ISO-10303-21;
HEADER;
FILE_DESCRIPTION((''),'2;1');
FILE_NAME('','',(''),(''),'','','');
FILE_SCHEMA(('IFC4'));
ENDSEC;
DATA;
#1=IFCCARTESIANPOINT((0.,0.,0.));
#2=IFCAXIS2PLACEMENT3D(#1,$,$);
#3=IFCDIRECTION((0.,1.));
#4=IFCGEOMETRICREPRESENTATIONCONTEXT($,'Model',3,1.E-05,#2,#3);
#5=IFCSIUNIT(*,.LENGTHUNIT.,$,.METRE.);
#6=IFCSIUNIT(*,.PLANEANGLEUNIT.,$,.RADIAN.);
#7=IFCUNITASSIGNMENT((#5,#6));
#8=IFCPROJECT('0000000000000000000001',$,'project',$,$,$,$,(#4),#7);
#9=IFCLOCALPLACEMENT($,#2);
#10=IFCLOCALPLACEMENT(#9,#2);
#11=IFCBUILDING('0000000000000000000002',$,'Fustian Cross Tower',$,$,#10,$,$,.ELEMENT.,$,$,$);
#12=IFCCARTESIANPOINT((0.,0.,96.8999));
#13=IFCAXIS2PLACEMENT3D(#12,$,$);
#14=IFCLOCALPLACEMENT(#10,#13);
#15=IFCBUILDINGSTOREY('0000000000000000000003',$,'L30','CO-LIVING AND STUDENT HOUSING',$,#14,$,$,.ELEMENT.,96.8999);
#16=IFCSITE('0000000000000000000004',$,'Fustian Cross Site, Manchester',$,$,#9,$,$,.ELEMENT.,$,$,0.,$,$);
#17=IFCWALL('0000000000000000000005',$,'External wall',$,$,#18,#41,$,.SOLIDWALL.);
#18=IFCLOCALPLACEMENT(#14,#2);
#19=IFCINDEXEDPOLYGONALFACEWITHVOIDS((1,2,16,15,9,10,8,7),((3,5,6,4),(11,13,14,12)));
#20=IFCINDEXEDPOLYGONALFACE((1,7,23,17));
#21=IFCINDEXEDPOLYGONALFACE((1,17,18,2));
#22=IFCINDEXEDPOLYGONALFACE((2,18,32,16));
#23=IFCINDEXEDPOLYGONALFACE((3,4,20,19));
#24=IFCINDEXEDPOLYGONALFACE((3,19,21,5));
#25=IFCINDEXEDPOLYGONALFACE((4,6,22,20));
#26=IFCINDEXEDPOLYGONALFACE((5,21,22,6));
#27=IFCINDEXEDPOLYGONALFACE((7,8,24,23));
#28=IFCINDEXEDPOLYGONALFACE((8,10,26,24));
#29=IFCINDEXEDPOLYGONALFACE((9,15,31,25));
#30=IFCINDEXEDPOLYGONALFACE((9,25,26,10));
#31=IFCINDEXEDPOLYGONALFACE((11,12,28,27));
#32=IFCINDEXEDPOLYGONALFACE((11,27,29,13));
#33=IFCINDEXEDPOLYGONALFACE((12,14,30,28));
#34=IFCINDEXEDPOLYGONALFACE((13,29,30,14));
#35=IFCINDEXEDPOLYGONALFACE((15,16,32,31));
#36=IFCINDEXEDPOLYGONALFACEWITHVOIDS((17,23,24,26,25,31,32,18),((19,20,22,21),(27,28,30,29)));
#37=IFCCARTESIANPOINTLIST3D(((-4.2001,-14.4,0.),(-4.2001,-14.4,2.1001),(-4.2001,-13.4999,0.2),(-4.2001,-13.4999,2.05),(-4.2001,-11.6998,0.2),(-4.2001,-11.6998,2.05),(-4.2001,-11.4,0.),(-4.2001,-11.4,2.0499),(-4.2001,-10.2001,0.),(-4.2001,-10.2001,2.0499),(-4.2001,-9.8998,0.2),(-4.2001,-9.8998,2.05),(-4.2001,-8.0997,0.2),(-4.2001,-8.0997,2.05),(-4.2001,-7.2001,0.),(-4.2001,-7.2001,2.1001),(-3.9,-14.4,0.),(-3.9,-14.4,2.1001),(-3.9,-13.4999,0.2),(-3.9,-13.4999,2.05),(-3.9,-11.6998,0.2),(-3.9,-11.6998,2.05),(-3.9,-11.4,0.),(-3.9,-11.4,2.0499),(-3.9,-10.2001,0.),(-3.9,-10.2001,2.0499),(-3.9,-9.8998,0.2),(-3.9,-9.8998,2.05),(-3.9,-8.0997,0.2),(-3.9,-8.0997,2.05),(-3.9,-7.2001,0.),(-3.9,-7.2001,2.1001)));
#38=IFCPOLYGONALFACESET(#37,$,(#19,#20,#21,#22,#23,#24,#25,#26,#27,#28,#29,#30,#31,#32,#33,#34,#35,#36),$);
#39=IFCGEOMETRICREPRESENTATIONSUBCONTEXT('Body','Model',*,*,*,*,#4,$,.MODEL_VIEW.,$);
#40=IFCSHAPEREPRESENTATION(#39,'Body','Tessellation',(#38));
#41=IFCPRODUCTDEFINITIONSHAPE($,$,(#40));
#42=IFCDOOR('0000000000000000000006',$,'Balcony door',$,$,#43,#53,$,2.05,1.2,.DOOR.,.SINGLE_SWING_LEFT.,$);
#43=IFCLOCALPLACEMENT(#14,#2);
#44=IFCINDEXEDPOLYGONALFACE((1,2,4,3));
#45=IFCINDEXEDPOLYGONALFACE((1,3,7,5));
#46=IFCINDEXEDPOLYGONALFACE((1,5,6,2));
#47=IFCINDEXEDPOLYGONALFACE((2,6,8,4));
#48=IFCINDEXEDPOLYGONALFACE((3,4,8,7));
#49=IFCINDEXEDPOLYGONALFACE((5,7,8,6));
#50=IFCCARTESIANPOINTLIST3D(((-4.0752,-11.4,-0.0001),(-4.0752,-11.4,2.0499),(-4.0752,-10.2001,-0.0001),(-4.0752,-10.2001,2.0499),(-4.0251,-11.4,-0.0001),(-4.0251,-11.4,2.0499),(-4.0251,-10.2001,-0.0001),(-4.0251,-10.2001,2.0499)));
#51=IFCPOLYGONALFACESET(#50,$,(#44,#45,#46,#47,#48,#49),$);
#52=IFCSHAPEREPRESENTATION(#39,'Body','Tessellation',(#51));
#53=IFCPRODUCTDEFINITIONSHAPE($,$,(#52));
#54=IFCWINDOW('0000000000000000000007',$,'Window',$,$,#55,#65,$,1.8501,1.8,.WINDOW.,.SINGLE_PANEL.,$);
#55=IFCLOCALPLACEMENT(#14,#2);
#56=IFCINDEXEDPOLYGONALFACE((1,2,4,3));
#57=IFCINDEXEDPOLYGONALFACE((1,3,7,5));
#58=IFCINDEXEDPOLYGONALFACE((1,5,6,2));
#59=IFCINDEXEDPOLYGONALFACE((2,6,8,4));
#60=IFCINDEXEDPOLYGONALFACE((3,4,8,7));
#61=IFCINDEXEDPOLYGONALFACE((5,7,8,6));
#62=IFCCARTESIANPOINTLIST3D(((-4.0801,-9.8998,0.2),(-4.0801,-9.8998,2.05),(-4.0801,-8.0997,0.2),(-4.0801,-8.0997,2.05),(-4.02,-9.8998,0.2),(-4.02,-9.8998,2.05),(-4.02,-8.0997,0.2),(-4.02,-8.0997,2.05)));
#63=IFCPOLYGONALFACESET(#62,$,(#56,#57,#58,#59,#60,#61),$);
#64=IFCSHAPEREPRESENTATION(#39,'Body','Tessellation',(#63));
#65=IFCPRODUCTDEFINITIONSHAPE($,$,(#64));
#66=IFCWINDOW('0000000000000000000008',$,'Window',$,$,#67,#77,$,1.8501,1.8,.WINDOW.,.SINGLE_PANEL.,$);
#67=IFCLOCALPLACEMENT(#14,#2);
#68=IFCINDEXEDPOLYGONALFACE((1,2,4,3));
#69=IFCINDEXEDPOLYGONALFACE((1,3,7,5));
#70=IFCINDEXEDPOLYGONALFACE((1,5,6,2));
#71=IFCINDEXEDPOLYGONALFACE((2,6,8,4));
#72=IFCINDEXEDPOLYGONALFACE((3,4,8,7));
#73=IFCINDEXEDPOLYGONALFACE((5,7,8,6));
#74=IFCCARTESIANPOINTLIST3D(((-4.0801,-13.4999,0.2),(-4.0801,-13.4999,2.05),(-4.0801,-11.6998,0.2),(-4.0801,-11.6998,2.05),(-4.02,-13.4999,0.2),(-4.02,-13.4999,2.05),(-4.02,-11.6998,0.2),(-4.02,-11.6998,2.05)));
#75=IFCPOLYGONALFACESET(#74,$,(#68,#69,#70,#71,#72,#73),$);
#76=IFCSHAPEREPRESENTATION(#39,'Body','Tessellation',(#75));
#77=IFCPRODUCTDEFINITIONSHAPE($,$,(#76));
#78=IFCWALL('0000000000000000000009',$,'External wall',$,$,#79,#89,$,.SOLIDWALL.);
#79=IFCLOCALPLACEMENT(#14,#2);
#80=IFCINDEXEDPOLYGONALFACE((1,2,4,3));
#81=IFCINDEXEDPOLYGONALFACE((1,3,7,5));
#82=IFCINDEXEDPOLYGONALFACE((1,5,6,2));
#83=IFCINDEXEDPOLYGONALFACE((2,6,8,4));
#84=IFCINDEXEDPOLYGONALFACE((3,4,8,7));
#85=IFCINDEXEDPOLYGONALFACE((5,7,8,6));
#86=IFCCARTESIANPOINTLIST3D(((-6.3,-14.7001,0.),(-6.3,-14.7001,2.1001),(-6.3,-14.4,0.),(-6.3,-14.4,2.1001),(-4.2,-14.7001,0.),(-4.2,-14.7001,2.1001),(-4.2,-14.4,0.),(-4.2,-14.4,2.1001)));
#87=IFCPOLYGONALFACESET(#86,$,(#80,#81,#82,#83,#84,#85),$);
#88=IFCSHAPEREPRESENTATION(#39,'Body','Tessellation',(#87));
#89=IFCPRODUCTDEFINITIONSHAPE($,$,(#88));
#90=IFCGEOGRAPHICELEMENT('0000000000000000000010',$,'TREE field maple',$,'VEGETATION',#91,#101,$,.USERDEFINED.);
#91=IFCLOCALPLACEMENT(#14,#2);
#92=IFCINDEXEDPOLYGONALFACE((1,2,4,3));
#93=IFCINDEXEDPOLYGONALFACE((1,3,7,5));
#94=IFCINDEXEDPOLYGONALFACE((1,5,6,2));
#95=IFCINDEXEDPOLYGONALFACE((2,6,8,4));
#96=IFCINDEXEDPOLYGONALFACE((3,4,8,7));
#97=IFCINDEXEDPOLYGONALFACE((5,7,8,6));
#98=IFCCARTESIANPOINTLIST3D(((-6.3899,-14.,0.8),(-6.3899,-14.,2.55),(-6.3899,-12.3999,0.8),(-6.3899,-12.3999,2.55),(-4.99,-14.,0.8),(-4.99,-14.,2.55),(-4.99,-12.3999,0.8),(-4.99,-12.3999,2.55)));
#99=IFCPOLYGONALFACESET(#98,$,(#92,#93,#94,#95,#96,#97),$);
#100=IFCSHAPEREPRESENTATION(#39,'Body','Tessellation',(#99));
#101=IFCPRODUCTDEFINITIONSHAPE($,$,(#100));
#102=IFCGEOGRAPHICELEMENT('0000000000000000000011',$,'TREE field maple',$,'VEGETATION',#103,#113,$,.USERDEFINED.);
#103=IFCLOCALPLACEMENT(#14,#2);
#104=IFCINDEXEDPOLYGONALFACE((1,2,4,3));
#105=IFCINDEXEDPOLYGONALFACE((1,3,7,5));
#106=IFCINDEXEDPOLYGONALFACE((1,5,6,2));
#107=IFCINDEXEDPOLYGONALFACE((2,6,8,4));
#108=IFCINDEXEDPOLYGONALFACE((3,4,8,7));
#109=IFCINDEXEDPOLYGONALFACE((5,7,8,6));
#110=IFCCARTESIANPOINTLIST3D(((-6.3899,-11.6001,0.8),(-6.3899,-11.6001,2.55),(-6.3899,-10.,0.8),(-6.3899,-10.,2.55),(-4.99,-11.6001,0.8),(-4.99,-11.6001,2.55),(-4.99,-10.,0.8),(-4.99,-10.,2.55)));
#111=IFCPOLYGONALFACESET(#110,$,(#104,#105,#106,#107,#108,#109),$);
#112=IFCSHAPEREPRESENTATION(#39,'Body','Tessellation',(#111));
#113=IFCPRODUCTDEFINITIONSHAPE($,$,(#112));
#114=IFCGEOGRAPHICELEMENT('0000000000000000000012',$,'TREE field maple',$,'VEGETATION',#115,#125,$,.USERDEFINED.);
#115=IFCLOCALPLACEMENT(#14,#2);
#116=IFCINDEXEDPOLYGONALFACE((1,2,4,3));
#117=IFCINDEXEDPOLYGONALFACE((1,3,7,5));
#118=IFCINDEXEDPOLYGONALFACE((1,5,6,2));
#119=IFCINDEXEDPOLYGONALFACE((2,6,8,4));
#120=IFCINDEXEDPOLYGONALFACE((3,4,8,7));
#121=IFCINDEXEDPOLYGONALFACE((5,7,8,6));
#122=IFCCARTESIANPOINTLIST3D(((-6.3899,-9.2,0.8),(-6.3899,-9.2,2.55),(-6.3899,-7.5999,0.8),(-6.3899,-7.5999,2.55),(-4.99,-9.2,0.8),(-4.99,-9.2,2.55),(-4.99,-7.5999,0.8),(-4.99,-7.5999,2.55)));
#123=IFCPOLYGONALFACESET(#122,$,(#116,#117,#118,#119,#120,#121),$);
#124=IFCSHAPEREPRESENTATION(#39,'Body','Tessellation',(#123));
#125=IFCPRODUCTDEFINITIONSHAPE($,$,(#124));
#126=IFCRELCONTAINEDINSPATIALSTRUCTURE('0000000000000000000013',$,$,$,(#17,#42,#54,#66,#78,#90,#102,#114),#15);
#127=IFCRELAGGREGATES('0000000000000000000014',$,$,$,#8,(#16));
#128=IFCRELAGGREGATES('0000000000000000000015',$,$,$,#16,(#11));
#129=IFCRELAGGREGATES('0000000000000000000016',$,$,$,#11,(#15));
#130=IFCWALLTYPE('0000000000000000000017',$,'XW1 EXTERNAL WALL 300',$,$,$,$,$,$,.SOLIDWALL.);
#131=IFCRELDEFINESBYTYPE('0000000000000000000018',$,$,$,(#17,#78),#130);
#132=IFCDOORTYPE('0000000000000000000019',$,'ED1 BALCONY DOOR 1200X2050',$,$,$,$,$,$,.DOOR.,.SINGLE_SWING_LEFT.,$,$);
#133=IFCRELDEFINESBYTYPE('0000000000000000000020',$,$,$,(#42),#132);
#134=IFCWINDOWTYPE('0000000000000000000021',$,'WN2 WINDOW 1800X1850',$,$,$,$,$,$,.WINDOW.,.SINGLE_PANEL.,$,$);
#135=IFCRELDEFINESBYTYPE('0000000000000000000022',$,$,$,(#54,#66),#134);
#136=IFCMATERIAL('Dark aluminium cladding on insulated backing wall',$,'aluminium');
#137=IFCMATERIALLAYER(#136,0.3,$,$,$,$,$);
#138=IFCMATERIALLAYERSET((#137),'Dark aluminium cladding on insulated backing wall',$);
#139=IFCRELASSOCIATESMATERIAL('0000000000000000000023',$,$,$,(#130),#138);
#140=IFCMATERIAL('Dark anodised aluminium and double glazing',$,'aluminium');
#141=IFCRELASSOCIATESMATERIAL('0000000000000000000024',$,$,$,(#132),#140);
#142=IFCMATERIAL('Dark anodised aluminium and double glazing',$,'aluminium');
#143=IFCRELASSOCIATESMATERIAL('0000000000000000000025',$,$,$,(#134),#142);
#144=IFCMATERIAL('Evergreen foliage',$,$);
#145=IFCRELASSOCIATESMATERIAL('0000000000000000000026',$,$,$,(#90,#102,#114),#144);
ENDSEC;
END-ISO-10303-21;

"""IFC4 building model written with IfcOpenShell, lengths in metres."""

from ifc_helpers import new_model, si_unit, direction, frame, frame_2d, origin, origin_2d, place, context, subcontext, project, spatial, rectangle, extrude, material, layer, layer_set, type_object, element, fill, save


model = new_model("IFC4")

# Units and contexts
model_context = context("Model", 3, precision=1e-05, world=origin(), true_north=direction((0.0, 1.0)))
body_context = subcontext(model_context, "Body", "Model", "MODEL_VIEW")
ifc_project = project(units=[si_unit("LENGTHUNIT", "METRE"), si_unit("PLANEANGLEUNIT", "RADIAN")], contexts=[model_context])

# Site, building, storey
site_placement = place(None, origin())
site = spatial("IfcSite", under=ifc_project, at=site_placement, Name="Fustian Cross Site, Manchester", CompositionType="ELEMENT", RefElevation=0.0)
building_placement = place(site_placement, origin())
building = spatial("IfcBuilding", under=site, at=building_placement, Name="Fustian Cross Tower", CompositionType="ELEMENT")
storey_placement = place(building_placement, frame((0.0, 0.0, 96.8999)))
storey = spatial("IfcBuildingStorey", under=building, at=storey_placement, Name="L30", Description="CO-LIVING AND STUDENT HOUSING", CompositionType="ELEMENT", Elevation=96.8999)

# Wall, openings, door, windows
ifc_material_1 = material(Name="Dark aluminium cladding on insulated backing wall", Category="aluminium")
ifc_layer_1 = layer(ifc_material_1, 0.3)
ifc_layer_set_1 = layer_set([ifc_layer_1], Name="Dark aluminium cladding on insulated backing wall")
wall_type_1 = type_object("IfcWallType", Name="XW1 EXTERNAL WALL 300", PredefinedType="SOLIDWALL", material=ifc_layer_set_1)
wall_1_placement = place(storey_placement, frame((-4.05, -7.2, 0.0), z_axis=(0.0, 0.0, 1.0), x_axis=(0.0, -1.0, 0.0)))
wall_1 = element("IfcWall", 1, at=wall_1_placement, inside=storey, type_object=wall_type_1, Name="External wall", PredefinedType="SOLIDWALL", context=body_context, shape_type="SweptSolid", body=[
    extrude(rectangle(XDim=7.2, YDim=0.3, at=frame_2d((3.6001, 0.0))), origin(), (0.0, 0.0, 1.0), 2.1001),
])
opening_1_placement = place(wall_1_placement, frame((3.0, 0.0, 0.0)))
opening_1 = element("IfcOpeningElement", 2, at=opening_1_placement, cuts=wall_1, PredefinedType="OPENING", context=body_context, shape_type="SweptSolid", body=[
    extrude(rectangle(XDim=1.2, YDim=2.05, at=frame_2d((0.6001, 1.0249))), frame((0.0, 0.1599, 0.0), z_axis=(0.0, -1.0, 0.0), x_axis=(1.0, 0.0, 0.0)), (0.0, 0.0, 1.0), 0.3201),
])
opening_2_placement = place(wall_1_placement, frame((0.8999, 0.0, 0.2)))
opening_2 = element("IfcOpeningElement", 3, at=opening_2_placement, cuts=wall_1, PredefinedType="OPENING", context=body_context, shape_type="SweptSolid", body=[
    extrude(rectangle(XDim=1.8, YDim=1.8501, at=frame_2d((0.8999, 0.925))), frame((0.0, 0.1599, 0.0), z_axis=(0.0, -1.0, 0.0), x_axis=(1.0, 0.0, 0.0)), (0.0, 0.0, 1.0), 0.3201),
])
opening_3_placement = place(wall_1_placement, frame((4.5, 0.0, 0.2)))
opening_3 = element("IfcOpeningElement", 4, at=opening_3_placement, cuts=wall_1, PredefinedType="OPENING", context=body_context, shape_type="SweptSolid", body=[
    extrude(rectangle(XDim=1.8, YDim=1.8501, at=frame_2d((0.8999, 0.925))), frame((0.0, 0.1599, 0.0), z_axis=(0.0, -1.0, 0.0), x_axis=(1.0, 0.0, 0.0)), (0.0, 0.0, 1.0), 0.3201),
])
ifc_material_2 = material(Name="Dark anodised aluminium and double glazing", Category="aluminium")
door_type_1 = type_object("IfcDoorType", Name="ED1 BALCONY DOOR 1200X2050", OperationType="SINGLE_SWING_LEFT", PredefinedType="DOOR", material=ifc_material_2)
door_1_placement = place(opening_1_placement, origin())
door_1 = element("IfcDoor", 5, at=door_1_placement, inside=storey, type_object=door_type_1, Name="Balcony door", OperationType="SINGLE_SWING_LEFT", OverallHeight=2.05, OverallWidth=1.2, PredefinedType="DOOR", context=body_context, shape_type="SweptSolid", body=[
    extrude(rectangle(XDim=1.2, YDim=2.05, at=frame_2d((0.6001, 1.0249))), frame((0.0, 0.0249, 0.0), z_axis=(0.0, -1.0, 0.0), x_axis=(1.0, 0.0, 0.0)), (0.0, 0.0, 1.0), 0.05),
])
fill(opening_1, door_1)
ifc_material_3 = material(Name="Dark anodised aluminium and double glazing", Category="aluminium")
window_type = type_object("IfcWindowType", Name="WN2 WINDOW 1800X1850", PartitioningType="SINGLE_PANEL", PredefinedType="WINDOW", material=ifc_material_3)
window_1_placement = place(opening_2_placement, origin())
window_1 = element("IfcWindow", 6, at=window_1_placement, inside=storey, type_object=window_type, Name="Window", OverallHeight=1.8501, OverallWidth=1.8, PartitioningType="SINGLE_PANEL", PredefinedType="WINDOW", context=body_context, shape_type="SweptSolid", body=[
    extrude(rectangle(XDim=1.8, YDim=1.8501, at=frame_2d((0.8999, 0.925))), frame((0.0, 0.03, 0.0), z_axis=(0.0, -1.0, 0.0), x_axis=(1.0, 0.0, 0.0)), (0.0, 0.0, 1.0), 0.0601),
])
fill(opening_2, window_1)
window_2_placement = place(opening_3_placement, origin())
window_2 = element("IfcWindow", 7, at=window_2_placement, inside=storey, type_object=window_type, Name="Window", OverallHeight=1.8501, OverallWidth=1.8, PartitioningType="SINGLE_PANEL", PredefinedType="WINDOW", context=body_context, shape_type="SweptSolid", body=[
    extrude(rectangle(XDim=1.8, YDim=1.8501, at=frame_2d((0.8999, 0.925))), frame((0.0, 0.03, 0.0), z_axis=(0.0, -1.0, 0.0), x_axis=(1.0, 0.0, 0.0)), (0.0, 0.0, 1.0), 0.0601),
])
fill(opening_3, window_2)

# Wall
wall_2_placement = place(storey_placement, frame((-4.2, -14.55, 0.0), z_axis=(0.0, 0.0, 1.0), x_axis=(-1.0, 0.0, 0.0)))
element("IfcWall", 8, at=wall_2_placement, inside=storey, type_object=wall_type_1, Name="External wall", PredefinedType="SOLIDWALL", context=body_context, shape_type="SweptSolid", body=[
    extrude(rectangle(XDim=2.1001, YDim=0.3, at=frame_2d((1.05, 0.0))), origin(), (0.0, 0.0, 1.0), 2.1001),
])

# Geographic elements
ifc_material_4 = material(Name="Evergreen foliage")
for number, where, z_axis, x_axis, name in (
    (9, (-5.6899, -13.2, 0.8), (0.0, 0.0, 1.0), (1.0, 0.0, 0.0), "TREE field maple"),
    (10, (-5.6899, -10.8, 0.8), (0.0, 0.0, 1.0), (1.0, 0.0, 0.0), "TREE field maple"),
    (11, (-5.6899, -8.3999, 0.8), (0.0, 0.0, 1.0), (1.0, 0.0, 0.0), "TREE field maple"),
):
    element("IfcGeographicElement", number, at=place(storey_placement, frame(where, z_axis=z_axis, x_axis=x_axis)), inside=storey, material=ifc_material_4, Name=name, ObjectType="VEGETATION", PredefinedType="USERDEFINED", context=body_context, shape_type="SweptSolid", body=[
        extrude(rectangle(XDim=1.3999, YDim=1.6001, at=origin_2d()), origin(), (0.0, 0.0, 1.0), 1.75),
    ])

save(model, "model.ifc")
